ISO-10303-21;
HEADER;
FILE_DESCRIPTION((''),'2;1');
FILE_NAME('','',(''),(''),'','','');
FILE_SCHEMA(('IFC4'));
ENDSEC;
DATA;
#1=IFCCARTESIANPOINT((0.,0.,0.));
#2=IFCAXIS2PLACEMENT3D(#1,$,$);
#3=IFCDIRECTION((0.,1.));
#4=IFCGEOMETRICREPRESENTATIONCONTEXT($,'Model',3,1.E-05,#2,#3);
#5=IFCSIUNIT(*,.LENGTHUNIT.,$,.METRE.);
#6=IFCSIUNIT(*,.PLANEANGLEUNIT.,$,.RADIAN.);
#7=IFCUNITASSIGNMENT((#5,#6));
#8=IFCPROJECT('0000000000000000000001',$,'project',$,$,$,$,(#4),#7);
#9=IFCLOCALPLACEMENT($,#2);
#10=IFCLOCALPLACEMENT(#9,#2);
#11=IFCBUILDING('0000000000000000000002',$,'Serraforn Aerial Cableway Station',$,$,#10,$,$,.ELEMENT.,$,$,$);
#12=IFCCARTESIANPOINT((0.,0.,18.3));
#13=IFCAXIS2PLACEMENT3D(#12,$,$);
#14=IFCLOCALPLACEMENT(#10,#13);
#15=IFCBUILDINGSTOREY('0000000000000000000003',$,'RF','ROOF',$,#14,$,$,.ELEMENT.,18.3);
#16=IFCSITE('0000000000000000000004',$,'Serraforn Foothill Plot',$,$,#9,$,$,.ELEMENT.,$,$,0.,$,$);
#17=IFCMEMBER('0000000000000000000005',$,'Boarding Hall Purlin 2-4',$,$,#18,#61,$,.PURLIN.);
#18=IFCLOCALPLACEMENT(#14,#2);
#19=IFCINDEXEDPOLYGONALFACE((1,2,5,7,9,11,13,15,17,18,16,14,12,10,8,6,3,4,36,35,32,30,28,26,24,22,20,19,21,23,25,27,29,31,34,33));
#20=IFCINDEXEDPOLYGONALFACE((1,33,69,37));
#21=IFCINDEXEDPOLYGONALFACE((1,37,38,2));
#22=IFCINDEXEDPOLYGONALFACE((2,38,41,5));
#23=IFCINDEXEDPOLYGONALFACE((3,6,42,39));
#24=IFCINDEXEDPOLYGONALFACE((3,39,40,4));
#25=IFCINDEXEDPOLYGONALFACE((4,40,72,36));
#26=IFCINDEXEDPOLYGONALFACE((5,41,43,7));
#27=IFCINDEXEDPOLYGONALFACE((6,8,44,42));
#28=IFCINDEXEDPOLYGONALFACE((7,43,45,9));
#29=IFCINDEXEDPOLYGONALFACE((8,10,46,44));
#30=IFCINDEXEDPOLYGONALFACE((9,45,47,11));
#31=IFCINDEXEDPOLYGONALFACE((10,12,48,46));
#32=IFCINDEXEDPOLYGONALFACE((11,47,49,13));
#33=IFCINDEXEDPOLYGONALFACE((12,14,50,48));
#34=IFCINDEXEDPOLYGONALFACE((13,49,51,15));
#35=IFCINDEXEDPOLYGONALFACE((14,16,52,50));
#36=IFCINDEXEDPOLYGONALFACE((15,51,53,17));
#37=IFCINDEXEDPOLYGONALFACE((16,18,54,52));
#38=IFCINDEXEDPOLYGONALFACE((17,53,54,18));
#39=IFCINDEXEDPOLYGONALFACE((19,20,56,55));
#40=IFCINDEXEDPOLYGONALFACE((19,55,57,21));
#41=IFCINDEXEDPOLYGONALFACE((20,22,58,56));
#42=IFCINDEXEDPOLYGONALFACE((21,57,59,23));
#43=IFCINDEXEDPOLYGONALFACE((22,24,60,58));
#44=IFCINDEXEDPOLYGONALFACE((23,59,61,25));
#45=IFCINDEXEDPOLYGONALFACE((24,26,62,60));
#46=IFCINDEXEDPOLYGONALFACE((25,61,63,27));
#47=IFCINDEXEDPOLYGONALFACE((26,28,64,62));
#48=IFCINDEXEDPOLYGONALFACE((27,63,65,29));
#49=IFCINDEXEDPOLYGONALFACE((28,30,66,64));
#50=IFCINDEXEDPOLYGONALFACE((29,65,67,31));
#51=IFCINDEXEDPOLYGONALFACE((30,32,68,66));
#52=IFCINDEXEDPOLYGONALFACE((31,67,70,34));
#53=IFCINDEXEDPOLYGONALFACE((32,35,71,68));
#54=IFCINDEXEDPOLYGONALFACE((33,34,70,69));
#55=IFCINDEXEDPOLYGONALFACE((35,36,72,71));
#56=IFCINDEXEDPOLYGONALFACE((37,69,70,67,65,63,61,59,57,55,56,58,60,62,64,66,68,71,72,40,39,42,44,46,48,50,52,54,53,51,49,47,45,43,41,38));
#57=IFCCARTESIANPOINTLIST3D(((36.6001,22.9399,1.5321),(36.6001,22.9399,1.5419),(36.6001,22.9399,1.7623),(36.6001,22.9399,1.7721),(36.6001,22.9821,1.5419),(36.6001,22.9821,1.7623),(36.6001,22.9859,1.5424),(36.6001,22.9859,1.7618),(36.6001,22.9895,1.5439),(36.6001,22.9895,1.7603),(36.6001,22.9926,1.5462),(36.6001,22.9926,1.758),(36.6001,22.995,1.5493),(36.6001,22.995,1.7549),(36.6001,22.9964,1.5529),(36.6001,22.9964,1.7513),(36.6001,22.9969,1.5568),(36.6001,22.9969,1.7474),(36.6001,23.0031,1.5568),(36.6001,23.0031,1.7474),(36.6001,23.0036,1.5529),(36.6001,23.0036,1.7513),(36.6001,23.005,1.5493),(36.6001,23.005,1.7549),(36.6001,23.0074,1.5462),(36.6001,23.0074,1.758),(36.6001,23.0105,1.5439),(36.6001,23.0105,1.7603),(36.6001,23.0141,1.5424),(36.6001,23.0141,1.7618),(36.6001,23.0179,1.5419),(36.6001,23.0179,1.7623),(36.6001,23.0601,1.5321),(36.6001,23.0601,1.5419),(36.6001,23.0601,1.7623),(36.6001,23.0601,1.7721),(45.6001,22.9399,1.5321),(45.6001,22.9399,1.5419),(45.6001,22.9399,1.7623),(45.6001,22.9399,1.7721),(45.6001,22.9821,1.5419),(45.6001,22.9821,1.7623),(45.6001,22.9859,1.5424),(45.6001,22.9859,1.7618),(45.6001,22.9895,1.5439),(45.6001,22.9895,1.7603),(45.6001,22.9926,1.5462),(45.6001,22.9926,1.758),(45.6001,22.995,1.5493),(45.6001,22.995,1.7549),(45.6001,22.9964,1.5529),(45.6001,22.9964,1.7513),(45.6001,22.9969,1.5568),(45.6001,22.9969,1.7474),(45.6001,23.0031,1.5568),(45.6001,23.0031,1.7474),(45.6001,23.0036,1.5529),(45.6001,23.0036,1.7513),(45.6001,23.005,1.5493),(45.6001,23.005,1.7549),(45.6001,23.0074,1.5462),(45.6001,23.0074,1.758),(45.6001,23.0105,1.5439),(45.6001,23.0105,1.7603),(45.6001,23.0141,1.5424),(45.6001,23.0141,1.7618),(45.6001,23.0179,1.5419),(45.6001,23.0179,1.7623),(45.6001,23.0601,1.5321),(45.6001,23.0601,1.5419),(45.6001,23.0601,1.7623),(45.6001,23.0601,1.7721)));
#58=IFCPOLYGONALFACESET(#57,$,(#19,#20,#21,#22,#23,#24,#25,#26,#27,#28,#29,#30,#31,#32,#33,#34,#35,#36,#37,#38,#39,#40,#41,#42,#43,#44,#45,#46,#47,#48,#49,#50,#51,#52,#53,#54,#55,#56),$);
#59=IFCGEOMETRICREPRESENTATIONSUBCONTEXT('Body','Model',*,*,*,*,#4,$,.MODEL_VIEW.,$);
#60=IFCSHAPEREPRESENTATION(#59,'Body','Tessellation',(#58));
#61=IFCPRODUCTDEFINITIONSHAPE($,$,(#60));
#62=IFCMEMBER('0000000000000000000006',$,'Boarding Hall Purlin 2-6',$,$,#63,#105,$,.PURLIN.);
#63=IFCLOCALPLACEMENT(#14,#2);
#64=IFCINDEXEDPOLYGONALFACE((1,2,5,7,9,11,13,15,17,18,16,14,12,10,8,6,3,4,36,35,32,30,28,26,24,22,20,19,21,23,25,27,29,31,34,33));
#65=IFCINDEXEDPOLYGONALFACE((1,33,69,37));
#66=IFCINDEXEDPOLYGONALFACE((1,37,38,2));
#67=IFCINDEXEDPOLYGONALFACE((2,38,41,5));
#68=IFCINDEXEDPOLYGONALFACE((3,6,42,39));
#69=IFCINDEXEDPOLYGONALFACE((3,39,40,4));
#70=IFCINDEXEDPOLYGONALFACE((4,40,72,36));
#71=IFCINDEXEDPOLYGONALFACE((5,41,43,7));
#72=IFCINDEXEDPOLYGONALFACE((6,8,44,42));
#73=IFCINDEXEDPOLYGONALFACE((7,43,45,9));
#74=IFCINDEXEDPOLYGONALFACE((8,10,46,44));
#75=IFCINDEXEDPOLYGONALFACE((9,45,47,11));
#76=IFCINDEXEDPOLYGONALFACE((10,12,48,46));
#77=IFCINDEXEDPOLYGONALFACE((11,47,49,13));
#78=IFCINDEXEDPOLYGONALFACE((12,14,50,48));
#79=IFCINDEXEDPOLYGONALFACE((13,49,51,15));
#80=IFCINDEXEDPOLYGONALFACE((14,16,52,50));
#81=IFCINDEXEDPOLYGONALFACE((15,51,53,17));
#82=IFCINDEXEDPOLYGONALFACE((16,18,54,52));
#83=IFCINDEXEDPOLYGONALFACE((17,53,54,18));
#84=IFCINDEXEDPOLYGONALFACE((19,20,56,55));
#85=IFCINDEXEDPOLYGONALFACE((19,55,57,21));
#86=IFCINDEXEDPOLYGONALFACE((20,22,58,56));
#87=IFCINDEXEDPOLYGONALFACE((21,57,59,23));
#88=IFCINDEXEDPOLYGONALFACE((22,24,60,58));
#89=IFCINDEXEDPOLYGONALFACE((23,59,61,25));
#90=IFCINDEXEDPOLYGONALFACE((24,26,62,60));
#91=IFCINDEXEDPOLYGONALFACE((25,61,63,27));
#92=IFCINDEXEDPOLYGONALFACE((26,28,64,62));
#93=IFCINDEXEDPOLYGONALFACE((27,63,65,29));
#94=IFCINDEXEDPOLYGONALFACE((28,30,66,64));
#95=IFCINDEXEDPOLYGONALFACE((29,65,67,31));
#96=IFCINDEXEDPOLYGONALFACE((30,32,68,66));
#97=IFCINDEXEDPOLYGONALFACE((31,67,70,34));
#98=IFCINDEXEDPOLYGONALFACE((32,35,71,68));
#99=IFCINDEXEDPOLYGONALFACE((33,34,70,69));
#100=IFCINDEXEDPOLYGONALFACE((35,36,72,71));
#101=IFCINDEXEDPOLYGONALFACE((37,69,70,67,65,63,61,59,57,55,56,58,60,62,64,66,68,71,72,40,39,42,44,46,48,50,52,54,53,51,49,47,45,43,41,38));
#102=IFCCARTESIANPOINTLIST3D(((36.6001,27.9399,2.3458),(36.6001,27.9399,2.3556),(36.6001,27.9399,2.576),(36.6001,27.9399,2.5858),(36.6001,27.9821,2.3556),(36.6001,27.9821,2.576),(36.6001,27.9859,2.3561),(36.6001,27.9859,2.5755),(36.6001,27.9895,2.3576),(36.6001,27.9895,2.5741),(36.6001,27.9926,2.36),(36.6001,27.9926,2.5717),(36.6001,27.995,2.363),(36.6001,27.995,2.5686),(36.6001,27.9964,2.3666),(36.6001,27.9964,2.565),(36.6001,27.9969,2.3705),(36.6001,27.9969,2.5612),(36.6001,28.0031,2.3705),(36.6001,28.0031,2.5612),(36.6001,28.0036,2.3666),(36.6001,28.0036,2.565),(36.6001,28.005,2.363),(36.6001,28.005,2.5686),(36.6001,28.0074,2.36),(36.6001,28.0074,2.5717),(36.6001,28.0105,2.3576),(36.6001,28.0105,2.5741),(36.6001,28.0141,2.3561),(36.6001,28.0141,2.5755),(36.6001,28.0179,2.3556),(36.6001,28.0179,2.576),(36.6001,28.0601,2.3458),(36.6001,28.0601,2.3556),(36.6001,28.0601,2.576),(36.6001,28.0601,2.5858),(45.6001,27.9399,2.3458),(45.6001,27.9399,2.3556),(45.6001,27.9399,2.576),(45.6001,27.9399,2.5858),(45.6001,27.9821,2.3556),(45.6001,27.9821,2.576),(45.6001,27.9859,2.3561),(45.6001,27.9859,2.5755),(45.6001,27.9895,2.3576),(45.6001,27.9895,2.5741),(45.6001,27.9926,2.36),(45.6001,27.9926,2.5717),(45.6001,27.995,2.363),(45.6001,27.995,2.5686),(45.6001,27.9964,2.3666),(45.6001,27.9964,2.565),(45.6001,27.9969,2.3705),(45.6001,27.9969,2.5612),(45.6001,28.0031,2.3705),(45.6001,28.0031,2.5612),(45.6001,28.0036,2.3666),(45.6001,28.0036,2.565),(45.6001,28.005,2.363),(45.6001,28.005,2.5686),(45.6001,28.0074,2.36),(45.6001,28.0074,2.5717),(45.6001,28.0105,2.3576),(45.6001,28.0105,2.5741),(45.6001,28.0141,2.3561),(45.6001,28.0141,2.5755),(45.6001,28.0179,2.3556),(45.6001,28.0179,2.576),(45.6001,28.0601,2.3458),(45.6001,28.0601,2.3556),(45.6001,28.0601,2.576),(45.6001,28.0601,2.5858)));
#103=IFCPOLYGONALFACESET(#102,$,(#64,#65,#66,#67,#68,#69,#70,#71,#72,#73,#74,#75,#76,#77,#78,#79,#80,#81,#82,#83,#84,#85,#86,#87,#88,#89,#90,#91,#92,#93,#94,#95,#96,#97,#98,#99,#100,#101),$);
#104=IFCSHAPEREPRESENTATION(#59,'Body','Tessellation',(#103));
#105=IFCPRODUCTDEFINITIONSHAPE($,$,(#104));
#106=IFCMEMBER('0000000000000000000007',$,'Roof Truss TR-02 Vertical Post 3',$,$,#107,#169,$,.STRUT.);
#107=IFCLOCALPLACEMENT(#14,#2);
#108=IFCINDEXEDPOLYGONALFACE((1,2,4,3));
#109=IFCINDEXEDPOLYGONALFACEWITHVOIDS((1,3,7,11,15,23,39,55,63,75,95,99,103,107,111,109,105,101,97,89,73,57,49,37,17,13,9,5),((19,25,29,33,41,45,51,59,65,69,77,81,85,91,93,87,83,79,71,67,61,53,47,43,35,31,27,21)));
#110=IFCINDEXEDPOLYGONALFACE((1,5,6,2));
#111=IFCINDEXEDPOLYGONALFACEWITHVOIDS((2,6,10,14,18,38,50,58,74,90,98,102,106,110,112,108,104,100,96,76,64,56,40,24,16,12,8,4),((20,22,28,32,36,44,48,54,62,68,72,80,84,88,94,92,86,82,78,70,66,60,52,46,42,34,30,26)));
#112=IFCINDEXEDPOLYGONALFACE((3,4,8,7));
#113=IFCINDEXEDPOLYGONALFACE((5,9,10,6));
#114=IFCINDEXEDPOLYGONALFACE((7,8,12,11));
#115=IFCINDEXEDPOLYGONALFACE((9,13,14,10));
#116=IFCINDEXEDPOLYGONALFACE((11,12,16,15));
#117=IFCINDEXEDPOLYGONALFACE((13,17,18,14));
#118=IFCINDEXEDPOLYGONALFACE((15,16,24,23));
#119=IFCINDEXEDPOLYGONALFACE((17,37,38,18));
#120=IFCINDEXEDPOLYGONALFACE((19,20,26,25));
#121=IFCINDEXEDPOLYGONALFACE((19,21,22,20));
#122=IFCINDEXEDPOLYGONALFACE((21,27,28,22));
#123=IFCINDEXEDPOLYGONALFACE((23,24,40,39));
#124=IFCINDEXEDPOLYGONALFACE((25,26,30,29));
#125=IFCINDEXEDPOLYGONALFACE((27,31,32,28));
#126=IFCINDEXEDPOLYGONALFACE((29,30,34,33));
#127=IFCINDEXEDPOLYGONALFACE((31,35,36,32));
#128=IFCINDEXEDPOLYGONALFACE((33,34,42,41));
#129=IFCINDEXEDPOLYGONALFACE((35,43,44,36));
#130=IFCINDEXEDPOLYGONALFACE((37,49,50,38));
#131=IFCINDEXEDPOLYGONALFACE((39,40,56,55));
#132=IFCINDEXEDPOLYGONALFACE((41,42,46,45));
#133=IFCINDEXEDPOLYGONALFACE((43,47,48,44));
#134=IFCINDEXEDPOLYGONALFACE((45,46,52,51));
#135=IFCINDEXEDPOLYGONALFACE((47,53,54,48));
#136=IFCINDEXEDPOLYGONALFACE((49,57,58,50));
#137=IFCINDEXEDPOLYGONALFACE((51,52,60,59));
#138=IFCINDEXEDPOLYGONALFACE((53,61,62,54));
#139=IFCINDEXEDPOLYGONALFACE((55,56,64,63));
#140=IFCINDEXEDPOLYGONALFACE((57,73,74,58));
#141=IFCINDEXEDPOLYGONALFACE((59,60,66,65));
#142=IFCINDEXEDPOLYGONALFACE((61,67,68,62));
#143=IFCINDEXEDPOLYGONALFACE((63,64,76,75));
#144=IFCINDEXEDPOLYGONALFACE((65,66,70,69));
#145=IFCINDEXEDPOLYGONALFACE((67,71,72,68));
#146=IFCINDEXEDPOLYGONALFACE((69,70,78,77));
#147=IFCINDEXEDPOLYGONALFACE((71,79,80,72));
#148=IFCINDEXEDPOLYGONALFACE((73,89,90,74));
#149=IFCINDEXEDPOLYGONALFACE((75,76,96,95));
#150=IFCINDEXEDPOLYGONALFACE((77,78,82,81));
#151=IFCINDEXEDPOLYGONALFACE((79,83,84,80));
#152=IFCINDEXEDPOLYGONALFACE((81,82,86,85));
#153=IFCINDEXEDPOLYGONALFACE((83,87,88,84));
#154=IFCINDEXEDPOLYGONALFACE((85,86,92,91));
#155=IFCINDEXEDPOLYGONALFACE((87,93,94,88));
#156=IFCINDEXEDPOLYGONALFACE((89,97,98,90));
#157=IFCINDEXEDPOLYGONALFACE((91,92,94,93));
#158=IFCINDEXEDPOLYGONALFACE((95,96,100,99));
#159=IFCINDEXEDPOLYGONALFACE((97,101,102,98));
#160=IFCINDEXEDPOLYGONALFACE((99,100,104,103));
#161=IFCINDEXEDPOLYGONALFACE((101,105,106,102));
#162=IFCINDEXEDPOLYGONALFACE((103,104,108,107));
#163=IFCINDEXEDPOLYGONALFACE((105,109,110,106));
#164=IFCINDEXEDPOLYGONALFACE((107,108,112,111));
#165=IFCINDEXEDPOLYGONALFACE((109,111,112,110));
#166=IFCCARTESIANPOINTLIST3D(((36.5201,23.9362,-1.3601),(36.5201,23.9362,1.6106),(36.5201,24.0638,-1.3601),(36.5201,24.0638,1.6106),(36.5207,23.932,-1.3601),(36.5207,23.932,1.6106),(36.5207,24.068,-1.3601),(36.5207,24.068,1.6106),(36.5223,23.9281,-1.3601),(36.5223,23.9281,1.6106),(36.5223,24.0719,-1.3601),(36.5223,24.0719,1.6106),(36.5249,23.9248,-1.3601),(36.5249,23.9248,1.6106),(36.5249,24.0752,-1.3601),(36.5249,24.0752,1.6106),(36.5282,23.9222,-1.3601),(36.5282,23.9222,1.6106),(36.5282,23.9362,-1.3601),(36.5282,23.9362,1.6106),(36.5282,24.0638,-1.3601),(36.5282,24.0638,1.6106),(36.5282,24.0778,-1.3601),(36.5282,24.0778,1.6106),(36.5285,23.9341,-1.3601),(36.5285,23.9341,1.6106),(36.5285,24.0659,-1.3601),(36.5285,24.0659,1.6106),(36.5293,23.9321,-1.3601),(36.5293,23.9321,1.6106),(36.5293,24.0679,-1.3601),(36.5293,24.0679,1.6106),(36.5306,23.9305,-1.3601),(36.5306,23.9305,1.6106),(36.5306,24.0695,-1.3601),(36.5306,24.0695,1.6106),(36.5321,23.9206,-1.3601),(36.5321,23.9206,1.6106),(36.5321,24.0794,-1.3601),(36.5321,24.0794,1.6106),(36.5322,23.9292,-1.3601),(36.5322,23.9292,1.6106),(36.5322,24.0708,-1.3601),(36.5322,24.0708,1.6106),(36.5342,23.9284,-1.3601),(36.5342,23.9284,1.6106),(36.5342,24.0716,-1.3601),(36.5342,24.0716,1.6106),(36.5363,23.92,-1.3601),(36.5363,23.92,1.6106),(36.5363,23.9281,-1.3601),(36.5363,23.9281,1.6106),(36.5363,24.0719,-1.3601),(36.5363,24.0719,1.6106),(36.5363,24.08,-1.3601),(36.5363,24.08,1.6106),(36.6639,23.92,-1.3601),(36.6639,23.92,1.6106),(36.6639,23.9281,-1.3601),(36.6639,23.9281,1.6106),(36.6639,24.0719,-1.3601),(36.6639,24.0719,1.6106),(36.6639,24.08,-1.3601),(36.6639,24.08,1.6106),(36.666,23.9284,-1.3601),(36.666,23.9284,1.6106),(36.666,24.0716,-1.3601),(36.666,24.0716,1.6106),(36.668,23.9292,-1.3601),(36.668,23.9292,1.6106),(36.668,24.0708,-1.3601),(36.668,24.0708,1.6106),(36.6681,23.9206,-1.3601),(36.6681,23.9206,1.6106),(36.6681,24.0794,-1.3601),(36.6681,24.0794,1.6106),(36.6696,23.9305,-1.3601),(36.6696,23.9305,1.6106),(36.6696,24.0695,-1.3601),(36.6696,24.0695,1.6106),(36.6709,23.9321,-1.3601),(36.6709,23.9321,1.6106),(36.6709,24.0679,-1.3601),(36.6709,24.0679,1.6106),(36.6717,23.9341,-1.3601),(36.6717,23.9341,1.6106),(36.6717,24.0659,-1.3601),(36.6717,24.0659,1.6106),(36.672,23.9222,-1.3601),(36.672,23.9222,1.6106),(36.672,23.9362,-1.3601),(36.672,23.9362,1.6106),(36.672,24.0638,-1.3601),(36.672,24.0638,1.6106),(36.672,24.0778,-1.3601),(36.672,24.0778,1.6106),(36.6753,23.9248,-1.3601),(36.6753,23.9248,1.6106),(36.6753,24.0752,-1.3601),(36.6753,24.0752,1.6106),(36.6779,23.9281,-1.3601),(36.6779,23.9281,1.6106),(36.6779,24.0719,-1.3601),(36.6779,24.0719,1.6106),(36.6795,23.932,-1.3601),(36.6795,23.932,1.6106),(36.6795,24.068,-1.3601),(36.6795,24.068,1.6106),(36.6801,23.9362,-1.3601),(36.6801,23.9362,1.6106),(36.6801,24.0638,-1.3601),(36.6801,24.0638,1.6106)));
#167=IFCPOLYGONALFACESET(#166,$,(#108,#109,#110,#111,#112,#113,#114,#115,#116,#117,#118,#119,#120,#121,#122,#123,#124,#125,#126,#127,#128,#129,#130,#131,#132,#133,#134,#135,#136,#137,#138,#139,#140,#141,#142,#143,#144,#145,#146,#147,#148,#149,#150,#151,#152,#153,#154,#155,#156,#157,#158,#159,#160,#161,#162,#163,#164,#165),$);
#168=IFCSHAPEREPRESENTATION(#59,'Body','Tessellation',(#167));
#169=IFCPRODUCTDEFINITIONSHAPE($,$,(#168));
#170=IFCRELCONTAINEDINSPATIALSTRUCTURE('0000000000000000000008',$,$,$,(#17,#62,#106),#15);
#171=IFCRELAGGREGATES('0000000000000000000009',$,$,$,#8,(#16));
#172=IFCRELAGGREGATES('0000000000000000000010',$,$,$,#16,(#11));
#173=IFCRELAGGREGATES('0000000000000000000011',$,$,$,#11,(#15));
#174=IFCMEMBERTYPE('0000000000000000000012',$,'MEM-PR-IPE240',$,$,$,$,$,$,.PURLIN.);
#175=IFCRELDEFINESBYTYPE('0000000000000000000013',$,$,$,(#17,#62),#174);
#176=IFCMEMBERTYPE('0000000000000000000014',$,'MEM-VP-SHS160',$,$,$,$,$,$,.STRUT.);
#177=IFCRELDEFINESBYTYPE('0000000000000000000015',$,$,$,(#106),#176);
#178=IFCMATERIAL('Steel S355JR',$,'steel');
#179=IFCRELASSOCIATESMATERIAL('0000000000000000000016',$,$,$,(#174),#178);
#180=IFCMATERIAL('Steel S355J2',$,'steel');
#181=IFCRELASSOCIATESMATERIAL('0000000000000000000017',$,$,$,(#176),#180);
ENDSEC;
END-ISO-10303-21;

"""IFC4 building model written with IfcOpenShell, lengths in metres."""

from ifc_helpers import new_model, si_unit, direction, frame, origin, origin_2d, place, context, subcontext, project, spatial, hollow_rectangle, i_section, extrude, material, material_profile, profile_set, type_object, element, save


model = new_model("IFC4")

# Units and contexts
model_context = context("Model", 3, precision=1e-05, world=origin(), true_north=direction((0.0, 1.0)))
body_context = subcontext(model_context, "Body", "Model", "MODEL_VIEW")
ifc_project = project(units=[si_unit("LENGTHUNIT", "METRE"), si_unit("PLANEANGLEUNIT", "RADIAN")], contexts=[model_context])

# Site, building, storey
site_placement = place(None, origin())
site = spatial("IfcSite", under=ifc_project, at=site_placement, Name="Serraforn Foothill Plot", CompositionType="ELEMENT", RefElevation=0.0)
building_placement = place(site_placement, origin())
building = spatial("IfcBuilding", under=site, at=building_placement, Name="Serraforn Aerial Cableway Station", CompositionType="ELEMENT")
storey_placement = place(building_placement, frame((0.0, 0.0, 18.3)))
storey = spatial("IfcBuildingStorey", under=building, at=storey_placement, Name="RF", Description="ROOF", CompositionType="ELEMENT", Elevation=18.3)

# Members
ifc_material_1 = material(Name="Steel S355J2", Category="steel")
ifc_material_2 = material(Name="Steel S355JR", Category="steel")
ifc_material_profile_1 = material_profile(ifc_material_2, i_section(OverallWidth=0.1201, OverallDepth=0.24, WebThickness=0.0061, FlangeThickness=0.0098, FilletRadius=0.0149, at=origin_2d()), Name="IPE 240")
ifc_profile_set_1 = profile_set([ifc_material_profile_1], Name="Steel S355JR")
member_type_1 = type_object("IfcMemberType", Name="MEM-PR-IPE240", PredefinedType="PURLIN", material=ifc_profile_set_1)
for number, where, z_axis, x_axis, name in (
    (1, (36.6001, 23.0, 1.6521), (1.0, 0.0, 0.0), (0.0, 1.0, 0.0), "Boarding Hall Purlin 2-4"),
    (2, (36.6001, 28.0, 2.4658), (1.0, 0.0, 0.0), (0.0, 1.0, 0.0), "Boarding Hall Purlin 2-6"),
):
    element("IfcMember", number, at=place(storey_placement, frame(where, z_axis=z_axis, x_axis=x_axis)), inside=storey, type_object=member_type_1, Name=name, PredefinedType="PURLIN", context=body_context, shape_type="SweptSolid", body=[
        extrude(i_section(OverallWidth=0.1201, OverallDepth=0.24, WebThickness=0.0061, FlangeThickness=0.0098, FilletRadius=0.0149, at=origin_2d()), origin(), (0.0, 0.0, 1.0), 9.0),
    ])
ifc_material_profile_2 = material_profile(ifc_material_1, hollow_rectangle(XDim=0.1599, YDim=0.1599, WallThickness=0.0081, InnerFilletRadius=0.0081, OuterFilletRadius=0.0161, at=origin_2d()), Name="SHS 160x160x8.0")
ifc_profile_set_2 = profile_set([ifc_material_profile_2], Name="Steel S355J2")
member_type_2 = type_object("IfcMemberType", Name="MEM-VP-SHS160", PredefinedType="STRUT", material=ifc_profile_set_2)
member_1_placement = place(storey_placement, frame((36.6001, 24.0, -1.3601), z_axis=(0.0, 0.0, 1.0), x_axis=(1.0, 0.0, 0.0)))
element("IfcMember", 3, at=member_1_placement, inside=storey, type_object=member_type_2, Name="Roof Truss TR-02 Vertical Post 3", PredefinedType="STRUT", context=body_context, shape_type="SweptSolid", body=[
    extrude(hollow_rectangle(XDim=0.1599, YDim=0.1599, WallThickness=0.0081, InnerFilletRadius=0.0081, OuterFilletRadius=0.0161, at=origin_2d()), origin(), (0.0, 0.0, 1.0), 2.9707),
])

save(model, "model.ifc")
